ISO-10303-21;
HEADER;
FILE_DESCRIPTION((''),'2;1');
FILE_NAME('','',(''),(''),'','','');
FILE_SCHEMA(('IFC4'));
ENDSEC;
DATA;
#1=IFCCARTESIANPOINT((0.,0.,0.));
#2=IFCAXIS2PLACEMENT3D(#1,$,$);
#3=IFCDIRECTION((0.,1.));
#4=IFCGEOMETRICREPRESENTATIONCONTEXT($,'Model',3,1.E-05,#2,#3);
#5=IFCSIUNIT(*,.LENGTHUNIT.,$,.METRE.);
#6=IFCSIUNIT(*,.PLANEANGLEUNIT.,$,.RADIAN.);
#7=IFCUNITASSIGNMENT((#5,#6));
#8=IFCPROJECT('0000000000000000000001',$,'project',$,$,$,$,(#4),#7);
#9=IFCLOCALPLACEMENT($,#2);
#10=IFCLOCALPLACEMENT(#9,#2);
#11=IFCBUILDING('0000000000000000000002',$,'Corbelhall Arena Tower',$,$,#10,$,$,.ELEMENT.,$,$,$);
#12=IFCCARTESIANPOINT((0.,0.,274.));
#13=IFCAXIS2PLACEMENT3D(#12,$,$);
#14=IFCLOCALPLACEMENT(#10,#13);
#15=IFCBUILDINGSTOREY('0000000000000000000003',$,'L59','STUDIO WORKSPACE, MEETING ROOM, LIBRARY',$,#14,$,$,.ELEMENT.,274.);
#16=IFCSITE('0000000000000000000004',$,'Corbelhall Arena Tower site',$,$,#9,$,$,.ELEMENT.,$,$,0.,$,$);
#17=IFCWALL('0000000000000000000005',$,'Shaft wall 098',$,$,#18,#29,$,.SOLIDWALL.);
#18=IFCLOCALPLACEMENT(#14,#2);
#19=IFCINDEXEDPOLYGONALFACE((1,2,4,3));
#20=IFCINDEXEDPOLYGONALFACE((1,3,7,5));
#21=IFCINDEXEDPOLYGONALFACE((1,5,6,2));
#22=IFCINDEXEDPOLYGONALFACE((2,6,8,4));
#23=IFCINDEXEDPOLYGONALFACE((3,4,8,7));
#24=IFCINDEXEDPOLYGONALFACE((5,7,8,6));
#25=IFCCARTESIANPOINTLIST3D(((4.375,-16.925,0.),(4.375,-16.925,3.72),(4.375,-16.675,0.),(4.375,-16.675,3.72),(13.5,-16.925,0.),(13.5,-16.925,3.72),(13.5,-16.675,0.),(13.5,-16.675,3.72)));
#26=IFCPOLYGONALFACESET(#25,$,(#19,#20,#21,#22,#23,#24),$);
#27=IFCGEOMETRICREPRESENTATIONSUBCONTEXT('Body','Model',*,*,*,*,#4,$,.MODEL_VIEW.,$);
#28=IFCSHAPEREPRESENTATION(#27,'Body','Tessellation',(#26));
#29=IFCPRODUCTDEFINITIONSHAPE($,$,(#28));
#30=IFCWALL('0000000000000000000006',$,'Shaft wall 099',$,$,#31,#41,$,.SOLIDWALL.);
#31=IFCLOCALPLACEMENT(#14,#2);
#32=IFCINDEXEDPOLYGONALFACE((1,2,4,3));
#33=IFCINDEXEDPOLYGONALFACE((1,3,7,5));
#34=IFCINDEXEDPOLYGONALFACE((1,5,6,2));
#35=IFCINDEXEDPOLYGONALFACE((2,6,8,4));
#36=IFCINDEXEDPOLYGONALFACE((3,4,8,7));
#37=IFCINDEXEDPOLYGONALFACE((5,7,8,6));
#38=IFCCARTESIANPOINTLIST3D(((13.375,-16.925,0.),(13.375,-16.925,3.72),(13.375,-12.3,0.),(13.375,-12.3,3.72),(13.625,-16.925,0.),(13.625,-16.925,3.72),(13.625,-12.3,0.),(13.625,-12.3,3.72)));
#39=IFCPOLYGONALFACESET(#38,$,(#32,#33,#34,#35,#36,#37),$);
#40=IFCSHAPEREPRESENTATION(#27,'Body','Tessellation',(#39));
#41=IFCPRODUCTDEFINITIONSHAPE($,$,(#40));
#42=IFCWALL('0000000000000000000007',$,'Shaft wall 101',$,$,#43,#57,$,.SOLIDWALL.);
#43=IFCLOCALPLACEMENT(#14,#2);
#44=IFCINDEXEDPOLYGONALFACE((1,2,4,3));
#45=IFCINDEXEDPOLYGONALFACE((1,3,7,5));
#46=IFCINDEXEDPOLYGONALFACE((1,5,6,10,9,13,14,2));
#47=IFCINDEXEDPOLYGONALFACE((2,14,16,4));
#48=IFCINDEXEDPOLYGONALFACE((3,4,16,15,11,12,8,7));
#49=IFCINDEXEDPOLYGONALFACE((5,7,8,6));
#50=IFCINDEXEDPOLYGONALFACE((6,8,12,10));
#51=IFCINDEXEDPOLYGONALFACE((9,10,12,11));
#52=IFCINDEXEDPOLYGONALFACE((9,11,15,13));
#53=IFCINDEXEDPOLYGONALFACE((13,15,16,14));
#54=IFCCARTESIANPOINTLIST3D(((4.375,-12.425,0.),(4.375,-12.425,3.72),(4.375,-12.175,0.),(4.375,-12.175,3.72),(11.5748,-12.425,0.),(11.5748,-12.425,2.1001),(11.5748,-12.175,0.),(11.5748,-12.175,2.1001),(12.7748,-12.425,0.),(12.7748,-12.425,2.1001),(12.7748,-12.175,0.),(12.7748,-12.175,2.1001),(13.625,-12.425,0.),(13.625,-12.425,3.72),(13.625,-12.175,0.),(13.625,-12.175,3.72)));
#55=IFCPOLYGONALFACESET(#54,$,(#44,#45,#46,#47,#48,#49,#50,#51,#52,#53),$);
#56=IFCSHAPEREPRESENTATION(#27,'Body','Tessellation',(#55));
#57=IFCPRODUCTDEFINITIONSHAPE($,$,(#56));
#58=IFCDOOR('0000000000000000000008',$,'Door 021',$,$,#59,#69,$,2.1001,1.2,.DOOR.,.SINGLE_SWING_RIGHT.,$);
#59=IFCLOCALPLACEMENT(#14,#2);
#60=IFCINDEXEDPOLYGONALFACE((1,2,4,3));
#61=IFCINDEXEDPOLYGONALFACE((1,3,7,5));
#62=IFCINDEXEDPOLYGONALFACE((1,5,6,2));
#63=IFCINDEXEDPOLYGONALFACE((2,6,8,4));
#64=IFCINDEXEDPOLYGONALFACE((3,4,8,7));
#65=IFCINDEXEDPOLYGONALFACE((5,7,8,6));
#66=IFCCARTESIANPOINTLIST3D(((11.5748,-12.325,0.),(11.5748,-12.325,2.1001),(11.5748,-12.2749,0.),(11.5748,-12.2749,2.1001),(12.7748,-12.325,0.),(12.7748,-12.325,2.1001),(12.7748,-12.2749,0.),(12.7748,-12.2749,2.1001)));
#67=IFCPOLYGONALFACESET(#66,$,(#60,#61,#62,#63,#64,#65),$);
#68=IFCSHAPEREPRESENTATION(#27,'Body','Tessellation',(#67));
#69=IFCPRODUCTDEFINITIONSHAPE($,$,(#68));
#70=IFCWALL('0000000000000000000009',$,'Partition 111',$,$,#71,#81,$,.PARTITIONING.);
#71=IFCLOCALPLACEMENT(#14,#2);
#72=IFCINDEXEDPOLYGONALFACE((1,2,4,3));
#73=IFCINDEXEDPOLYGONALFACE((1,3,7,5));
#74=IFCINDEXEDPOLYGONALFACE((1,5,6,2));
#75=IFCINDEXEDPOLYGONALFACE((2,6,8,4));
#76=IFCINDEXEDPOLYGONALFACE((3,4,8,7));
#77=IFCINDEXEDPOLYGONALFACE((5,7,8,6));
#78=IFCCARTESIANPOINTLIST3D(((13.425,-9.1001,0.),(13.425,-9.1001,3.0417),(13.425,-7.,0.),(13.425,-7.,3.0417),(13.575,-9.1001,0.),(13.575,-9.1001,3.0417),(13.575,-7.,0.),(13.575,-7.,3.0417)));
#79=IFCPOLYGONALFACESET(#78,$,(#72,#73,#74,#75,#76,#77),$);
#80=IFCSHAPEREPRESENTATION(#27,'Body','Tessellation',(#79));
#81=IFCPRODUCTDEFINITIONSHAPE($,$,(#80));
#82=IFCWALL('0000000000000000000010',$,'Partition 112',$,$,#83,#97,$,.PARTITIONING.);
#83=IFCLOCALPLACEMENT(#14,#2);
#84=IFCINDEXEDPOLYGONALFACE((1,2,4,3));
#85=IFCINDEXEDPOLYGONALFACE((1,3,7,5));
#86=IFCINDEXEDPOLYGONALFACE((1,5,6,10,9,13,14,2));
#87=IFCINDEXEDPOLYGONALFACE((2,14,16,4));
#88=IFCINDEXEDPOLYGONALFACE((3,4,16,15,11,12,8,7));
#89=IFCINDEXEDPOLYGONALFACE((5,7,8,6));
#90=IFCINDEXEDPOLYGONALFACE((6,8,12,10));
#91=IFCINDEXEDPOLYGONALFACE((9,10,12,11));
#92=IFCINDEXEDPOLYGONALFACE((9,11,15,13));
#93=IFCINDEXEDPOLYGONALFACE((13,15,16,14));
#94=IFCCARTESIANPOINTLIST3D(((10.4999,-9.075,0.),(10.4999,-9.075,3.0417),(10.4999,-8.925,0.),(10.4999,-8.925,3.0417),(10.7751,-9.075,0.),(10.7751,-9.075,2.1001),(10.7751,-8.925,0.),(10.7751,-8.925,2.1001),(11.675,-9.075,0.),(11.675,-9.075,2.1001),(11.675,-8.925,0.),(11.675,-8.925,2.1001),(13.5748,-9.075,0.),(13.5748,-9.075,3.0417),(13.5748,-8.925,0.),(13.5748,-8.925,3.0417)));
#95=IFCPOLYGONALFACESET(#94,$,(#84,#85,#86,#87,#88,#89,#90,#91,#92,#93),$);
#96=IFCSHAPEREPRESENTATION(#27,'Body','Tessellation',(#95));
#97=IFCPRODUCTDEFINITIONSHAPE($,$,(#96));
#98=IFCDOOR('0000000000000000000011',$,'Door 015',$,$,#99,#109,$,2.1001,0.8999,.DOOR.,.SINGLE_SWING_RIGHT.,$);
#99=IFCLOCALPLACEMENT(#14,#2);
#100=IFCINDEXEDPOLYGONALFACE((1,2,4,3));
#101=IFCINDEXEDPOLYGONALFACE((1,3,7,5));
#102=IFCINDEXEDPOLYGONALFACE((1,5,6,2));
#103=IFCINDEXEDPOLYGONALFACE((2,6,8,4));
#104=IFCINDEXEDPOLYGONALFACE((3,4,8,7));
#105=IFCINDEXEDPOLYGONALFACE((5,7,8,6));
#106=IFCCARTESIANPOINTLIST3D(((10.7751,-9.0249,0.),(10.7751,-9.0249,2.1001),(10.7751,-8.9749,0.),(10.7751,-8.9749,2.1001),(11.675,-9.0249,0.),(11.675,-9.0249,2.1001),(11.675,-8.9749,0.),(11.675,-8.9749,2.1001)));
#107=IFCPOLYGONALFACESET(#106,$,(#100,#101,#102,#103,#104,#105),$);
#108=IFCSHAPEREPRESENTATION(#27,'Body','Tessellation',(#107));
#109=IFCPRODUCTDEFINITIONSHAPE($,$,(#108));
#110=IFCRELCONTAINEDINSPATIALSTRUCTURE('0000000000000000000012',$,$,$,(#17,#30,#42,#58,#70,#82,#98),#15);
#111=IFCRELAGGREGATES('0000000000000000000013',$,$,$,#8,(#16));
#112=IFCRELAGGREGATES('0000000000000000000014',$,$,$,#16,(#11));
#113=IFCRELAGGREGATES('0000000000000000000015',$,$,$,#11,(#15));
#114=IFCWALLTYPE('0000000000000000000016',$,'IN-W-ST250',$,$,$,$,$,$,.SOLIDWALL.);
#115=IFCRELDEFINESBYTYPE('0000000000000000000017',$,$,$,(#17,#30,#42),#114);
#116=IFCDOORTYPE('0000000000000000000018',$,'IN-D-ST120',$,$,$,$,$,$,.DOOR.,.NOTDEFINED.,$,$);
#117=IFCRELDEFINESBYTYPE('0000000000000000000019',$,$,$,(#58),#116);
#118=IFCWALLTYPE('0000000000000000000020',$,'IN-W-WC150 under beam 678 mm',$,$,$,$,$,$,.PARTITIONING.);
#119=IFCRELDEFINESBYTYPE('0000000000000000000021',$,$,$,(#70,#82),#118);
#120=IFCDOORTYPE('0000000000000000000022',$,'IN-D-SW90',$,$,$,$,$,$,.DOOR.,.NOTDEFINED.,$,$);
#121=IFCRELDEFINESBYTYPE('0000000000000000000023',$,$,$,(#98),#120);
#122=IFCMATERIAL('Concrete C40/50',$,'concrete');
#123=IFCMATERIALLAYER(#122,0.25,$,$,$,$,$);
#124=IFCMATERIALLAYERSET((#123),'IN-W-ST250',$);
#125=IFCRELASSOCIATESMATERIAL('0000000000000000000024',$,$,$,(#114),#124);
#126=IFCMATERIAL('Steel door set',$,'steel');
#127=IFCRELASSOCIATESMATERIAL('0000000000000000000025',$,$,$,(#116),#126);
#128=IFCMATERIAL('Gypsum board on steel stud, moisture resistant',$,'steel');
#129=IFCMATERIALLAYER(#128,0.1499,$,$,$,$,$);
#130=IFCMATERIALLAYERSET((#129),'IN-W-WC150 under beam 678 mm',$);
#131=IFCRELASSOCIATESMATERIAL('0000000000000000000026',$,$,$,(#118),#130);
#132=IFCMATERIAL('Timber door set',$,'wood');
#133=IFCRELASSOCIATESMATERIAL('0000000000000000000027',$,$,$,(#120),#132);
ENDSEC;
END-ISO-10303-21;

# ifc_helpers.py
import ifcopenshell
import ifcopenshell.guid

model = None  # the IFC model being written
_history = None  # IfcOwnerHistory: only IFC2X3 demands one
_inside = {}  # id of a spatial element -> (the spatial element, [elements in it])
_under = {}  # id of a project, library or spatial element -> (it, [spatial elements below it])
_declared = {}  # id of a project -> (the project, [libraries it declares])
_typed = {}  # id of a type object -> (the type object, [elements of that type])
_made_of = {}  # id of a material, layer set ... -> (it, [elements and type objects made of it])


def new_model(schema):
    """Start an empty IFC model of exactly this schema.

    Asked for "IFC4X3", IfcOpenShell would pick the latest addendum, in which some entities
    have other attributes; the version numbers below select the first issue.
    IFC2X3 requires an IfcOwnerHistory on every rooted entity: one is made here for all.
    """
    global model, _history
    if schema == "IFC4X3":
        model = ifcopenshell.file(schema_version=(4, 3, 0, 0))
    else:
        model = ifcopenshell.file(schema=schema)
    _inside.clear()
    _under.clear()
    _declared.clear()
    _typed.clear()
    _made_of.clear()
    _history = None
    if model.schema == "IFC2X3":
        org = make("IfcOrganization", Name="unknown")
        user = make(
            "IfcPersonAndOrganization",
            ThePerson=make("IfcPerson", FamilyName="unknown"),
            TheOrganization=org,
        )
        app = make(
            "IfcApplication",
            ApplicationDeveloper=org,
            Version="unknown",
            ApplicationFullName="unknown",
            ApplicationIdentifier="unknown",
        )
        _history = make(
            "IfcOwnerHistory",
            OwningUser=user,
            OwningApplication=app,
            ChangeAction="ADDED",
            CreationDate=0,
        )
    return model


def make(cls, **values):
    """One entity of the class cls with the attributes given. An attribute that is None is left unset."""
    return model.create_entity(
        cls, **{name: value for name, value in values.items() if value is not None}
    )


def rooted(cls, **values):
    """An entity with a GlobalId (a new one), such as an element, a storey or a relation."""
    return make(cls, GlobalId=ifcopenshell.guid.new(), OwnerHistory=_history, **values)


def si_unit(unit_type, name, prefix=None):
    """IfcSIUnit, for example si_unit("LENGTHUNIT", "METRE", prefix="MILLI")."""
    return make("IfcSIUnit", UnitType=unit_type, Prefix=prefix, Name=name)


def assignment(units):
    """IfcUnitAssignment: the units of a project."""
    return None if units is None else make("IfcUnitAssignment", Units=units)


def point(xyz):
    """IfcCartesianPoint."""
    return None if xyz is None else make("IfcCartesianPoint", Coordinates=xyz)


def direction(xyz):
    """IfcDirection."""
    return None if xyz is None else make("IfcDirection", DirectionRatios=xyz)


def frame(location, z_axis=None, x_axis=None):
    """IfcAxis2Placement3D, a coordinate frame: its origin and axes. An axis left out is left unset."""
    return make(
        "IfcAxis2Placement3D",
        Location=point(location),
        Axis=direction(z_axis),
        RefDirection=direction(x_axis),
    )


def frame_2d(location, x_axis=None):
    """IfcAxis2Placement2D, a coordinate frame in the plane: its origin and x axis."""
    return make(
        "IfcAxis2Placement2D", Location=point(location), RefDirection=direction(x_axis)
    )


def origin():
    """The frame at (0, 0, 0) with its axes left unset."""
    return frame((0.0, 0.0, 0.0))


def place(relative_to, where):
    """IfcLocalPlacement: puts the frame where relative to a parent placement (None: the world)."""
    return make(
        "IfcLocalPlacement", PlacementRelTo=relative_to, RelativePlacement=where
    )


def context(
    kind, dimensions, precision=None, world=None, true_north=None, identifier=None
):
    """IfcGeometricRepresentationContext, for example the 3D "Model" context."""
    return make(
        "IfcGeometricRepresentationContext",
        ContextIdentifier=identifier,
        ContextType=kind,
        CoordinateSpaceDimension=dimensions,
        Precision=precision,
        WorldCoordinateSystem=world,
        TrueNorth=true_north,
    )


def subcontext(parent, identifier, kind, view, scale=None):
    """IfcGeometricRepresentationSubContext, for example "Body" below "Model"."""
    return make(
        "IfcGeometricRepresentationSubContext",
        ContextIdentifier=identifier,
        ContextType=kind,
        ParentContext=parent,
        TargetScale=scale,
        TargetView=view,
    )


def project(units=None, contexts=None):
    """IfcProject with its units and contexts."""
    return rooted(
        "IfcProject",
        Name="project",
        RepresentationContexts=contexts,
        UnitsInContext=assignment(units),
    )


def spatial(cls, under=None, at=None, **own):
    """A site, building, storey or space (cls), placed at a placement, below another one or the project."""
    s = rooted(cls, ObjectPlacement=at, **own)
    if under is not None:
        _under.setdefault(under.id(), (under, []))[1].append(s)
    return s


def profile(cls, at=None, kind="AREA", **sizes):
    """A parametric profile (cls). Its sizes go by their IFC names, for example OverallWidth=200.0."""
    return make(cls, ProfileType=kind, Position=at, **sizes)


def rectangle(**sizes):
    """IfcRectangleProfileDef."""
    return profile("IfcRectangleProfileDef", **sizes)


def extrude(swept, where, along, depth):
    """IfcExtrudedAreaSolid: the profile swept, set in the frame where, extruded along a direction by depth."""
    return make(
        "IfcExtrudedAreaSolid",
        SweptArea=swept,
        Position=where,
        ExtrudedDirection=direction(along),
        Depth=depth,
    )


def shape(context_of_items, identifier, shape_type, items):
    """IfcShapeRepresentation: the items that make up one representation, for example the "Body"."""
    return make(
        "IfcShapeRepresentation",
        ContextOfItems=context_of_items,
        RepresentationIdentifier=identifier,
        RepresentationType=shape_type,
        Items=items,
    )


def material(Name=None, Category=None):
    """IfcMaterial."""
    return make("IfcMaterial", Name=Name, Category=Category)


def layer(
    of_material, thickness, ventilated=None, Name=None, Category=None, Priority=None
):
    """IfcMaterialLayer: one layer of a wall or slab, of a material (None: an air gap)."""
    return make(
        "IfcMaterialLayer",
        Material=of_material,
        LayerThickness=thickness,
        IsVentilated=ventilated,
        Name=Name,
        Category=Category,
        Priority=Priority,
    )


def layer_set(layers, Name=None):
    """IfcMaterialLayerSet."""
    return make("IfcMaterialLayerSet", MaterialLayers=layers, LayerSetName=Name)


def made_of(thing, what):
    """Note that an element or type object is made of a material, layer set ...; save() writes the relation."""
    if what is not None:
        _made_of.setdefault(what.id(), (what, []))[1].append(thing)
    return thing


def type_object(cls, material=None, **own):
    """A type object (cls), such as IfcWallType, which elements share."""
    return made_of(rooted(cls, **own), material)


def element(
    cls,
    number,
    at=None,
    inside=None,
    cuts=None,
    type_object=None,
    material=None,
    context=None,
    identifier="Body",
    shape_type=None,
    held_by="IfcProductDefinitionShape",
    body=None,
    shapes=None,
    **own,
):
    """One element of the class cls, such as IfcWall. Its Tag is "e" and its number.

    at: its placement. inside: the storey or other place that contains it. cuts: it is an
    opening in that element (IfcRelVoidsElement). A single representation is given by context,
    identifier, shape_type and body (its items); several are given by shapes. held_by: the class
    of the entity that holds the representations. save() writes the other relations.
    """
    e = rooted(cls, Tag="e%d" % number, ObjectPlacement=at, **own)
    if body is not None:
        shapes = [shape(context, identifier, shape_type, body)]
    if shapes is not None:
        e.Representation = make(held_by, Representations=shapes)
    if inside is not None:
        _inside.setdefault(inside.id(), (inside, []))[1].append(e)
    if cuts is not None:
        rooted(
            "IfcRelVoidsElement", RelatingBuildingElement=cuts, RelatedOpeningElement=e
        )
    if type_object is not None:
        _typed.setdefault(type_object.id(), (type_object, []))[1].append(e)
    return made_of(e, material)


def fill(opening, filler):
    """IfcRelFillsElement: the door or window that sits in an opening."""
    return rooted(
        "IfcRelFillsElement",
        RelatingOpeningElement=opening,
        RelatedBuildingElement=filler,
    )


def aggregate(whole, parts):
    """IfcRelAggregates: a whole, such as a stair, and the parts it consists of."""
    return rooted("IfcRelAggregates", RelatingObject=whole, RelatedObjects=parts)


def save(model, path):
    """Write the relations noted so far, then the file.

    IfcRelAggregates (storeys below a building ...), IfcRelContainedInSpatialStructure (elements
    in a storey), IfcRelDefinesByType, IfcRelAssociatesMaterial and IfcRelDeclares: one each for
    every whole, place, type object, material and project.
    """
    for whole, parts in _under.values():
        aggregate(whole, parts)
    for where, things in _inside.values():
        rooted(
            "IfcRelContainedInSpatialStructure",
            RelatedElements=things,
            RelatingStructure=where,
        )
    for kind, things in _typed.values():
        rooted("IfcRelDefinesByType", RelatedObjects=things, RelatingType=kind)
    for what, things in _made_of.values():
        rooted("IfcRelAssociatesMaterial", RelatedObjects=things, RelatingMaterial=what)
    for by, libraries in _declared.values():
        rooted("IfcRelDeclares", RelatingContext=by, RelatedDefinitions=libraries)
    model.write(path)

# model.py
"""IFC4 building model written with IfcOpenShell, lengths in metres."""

from ifc_helpers import new_model, si_unit, direction, frame, frame_2d, origin, place, context, subcontext, project, spatial, rectangle, extrude, material, layer, layer_set, type_object, element, fill, save


model = new_model("IFC4")

# Units and contexts
model_context = context("Model", 3, precision=1e-05, world=origin(), true_north=direction((0.0, 1.0)))
body_context = subcontext(model_context, "Body", "Model", "MODEL_VIEW")
ifc_project = project(units=[si_unit("LENGTHUNIT", "METRE"), si_unit("PLANEANGLEUNIT", "RADIAN")], contexts=[model_context])

# Site, building, storey
site_placement = place(None, origin())
site = spatial("IfcSite", under=ifc_project, at=site_placement, Name="Corbelhall Arena Tower site", CompositionType="ELEMENT", RefElevation=0.0)
building_placement = place(site_placement, origin())
building = spatial("IfcBuilding", under=site, at=building_placement, Name="Corbelhall Arena Tower", CompositionType="ELEMENT")
storey_placement = place(building_placement, frame((0.0, 0.0, 274.0)))
storey = spatial("IfcBuildingStorey", under=building, at=storey_placement, Name="L59", Description="STUDIO WORKSPACE, MEETING ROOM, LIBRARY", CompositionType="ELEMENT", Elevation=274.0)

# Shared definitions
ifc_material_1 = material(Name="Steel door set", Category="steel")

# Walls
ifc_material_2 = material(Name="Concrete C40/50", Category="concrete")
ifc_layer_1 = layer(ifc_material_2, 0.25)
ifc_layer_set_1 = layer_set([ifc_layer_1], Name="IN-W-ST250")
wall_type_1 = type_object("IfcWallType", Name="IN-W-ST250", PredefinedType="SOLIDWALL", material=ifc_layer_set_1)
wall_1_placement = place(storey_placement, frame((13.5, -16.8, 0.0), z_axis=(0.0, 0.0, 1.0), x_axis=(-1.0, 0.0, 0.0)))
element("IfcWall", 1, at=wall_1_placement, inside=storey, type_object=wall_type_1, Name="Shaft wall 098", PredefinedType="SOLIDWALL", context=body_context, shape_type="SweptSolid", body=[
    extrude(rectangle(XDim=9.125, YDim=0.25, at=frame_2d((4.5625, 0.0))), origin(), (0.0, 0.0, 1.0), 3.72),
])
wall_2_placement = place(storey_placement, frame((13.5, -12.3, 0.0), z_axis=(0.0, 0.0, 1.0), x_axis=(0.0, -1.0, 0.0)))
element("IfcWall", 2, at=wall_2_placement, inside=storey, type_object=wall_type_1, Name="Shaft wall 099", PredefinedType="SOLIDWALL", context=body_context, shape_type="SweptSolid", body=[
    extrude(rectangle(XDim=4.625, YDim=0.25, at=frame_2d((2.3125, 0.0))), origin(), (0.0, 0.0, 1.0), 3.72),
])

# Wall, opening, door
wall_3_placement = place(storey_placement, frame((13.625, -12.3, 0.0), z_axis=(0.0, 0.0, 1.0), x_axis=(-1.0, 0.0, 0.0)))
wall_3 = element("IfcWall", 3, at=wall_3_placement, inside=storey, type_object=wall_type_1, Name="Shaft wall 101", PredefinedType="SOLIDWALL", context=body_context, shape_type="SweptSolid", body=[
    extrude(rectangle(XDim=9.25, YDim=0.25, at=frame_2d((4.625, 0.0))), origin(), (0.0, 0.0, 1.0), 3.72),
])
opening_1_placement = place(wall_3_placement, frame((0.8501, 0.0, 0.0)))
opening_1 = element("IfcOpeningElement", 4, at=opening_1_placement, cuts=wall_3, PredefinedType="OPENING", context=body_context, shape_type="SweptSolid", body=[
    extrude(rectangle(XDim=1.2, YDim=2.1001, at=frame_2d((0.6001, 1.05))), frame((0.0, 0.125, 0.0), z_axis=(0.0, -1.0, 0.0), x_axis=(1.0, 0.0, 0.0)), (0.0, 0.0, 1.0), 0.25),
])
door_type_1 = type_object("IfcDoorType", Name="IN-D-ST120", OperationType="NOTDEFINED", PredefinedType="DOOR", material=ifc_material_1)
door_1_placement = place(opening_1_placement, origin())
door_1 = element("IfcDoor", 5, at=door_1_placement, inside=storey, type_object=door_type_1, Name="Door 021", OperationType="SINGLE_SWING_RIGHT", OverallHeight=2.1001, OverallWidth=1.2, PredefinedType="DOOR", context=body_context, shape_type="SweptSolid", body=[
    extrude(rectangle(XDim=1.2, YDim=2.1001, at=frame_2d((0.6001, 1.05))), frame((0.0, 0.0249, 0.0), z_axis=(0.0, -1.0, 0.0), x_axis=(1.0, 0.0, 0.0)), (0.0, 0.0, 1.0), 0.05),
])
fill(opening_1, door_1)

# Wall
ifc_material_3 = material(Name="Gypsum board on steel stud, moisture resistant", Category="steel")
ifc_layer_2 = layer(ifc_material_3, 0.1499)
ifc_layer_set_2 = layer_set([ifc_layer_2], Name="IN-W-WC150 under beam 678 mm")
wall_type_2 = type_object("IfcWallType", Name="IN-W-WC150 under beam 678 mm", PredefinedType="PARTITIONING", material=ifc_layer_set_2)
wall_4_placement = place(storey_placement, frame((13.5, -7.0, 0.0), z_axis=(0.0, 0.0, 1.0), x_axis=(0.0, -1.0, 0.0)))
element("IfcWall", 6, at=wall_4_placement, inside=storey, type_object=wall_type_2, Name="Partition 111", PredefinedType="PARTITIONING", context=body_context, shape_type="SweptSolid", body=[
    extrude(rectangle(XDim=2.1001, YDim=0.1499, at=frame_2d((1.05, 0.0))), origin(), (0.0, 0.0, 1.0), 3.0417),
])

# Wall, opening, door
wall_5_placement = place(storey_placement, frame((13.575, -9.0, 0.0), z_axis=(0.0, 0.0, 1.0), x_axis=(-1.0, 0.0, 0.0)))
wall_5 = element("IfcWall", 7, at=wall_5_placement, inside=storey, type_object=wall_type_2, Name="Partition 112", PredefinedType="PARTITIONING", context=body_context, shape_type="SweptSolid", body=[
    extrude(rectangle(XDim=3.075, YDim=0.1499, at=frame_2d((1.5376, 0.0))), origin(), (0.0, 0.0, 1.0), 3.0417),
])
opening_2_placement = place(wall_5_placement, frame((1.8999, 0.0, 0.0)))
opening_2 = element("IfcOpeningElement", 8, at=opening_2_placement, cuts=wall_5, PredefinedType="OPENING", context=body_context, shape_type="SweptSolid", body=[
    extrude(rectangle(XDim=0.8999, YDim=2.1001, at=frame_2d((0.45, 1.05))), frame((0.0, 0.075, 0.0), z_axis=(0.0, -1.0, 0.0), x_axis=(1.0, 0.0, 0.0)), (0.0, 0.0, 1.0), 0.1499),
])
ifc_material_4 = material(Name="Timber door set", Category="wood")
door_type_2 = type_object("IfcDoorType", Name="IN-D-SW90", OperationType="NOTDEFINED", PredefinedType="DOOR", material=ifc_material_4)
door_2_placement = place(opening_2_placement, origin())
door_2 = element("IfcDoor", 9, at=door_2_placement, inside=storey, type_object=door_type_2, Name="Door 015", OperationType="SINGLE_SWING_RIGHT", OverallHeight=2.1001, OverallWidth=0.8999, PredefinedType="DOOR", context=body_context, shape_type="SweptSolid", body=[
    extrude(rectangle(XDim=0.8999, YDim=2.1001, at=frame_2d((0.45, 1.05))), frame((0.0, 0.0249, 0.0), z_axis=(0.0, -1.0, 0.0), x_axis=(1.0, 0.0, 0.0)), (0.0, 0.0, 1.0), 0.05),
])
fill(opening_2, door_2)

save(model, "model.ifc")
